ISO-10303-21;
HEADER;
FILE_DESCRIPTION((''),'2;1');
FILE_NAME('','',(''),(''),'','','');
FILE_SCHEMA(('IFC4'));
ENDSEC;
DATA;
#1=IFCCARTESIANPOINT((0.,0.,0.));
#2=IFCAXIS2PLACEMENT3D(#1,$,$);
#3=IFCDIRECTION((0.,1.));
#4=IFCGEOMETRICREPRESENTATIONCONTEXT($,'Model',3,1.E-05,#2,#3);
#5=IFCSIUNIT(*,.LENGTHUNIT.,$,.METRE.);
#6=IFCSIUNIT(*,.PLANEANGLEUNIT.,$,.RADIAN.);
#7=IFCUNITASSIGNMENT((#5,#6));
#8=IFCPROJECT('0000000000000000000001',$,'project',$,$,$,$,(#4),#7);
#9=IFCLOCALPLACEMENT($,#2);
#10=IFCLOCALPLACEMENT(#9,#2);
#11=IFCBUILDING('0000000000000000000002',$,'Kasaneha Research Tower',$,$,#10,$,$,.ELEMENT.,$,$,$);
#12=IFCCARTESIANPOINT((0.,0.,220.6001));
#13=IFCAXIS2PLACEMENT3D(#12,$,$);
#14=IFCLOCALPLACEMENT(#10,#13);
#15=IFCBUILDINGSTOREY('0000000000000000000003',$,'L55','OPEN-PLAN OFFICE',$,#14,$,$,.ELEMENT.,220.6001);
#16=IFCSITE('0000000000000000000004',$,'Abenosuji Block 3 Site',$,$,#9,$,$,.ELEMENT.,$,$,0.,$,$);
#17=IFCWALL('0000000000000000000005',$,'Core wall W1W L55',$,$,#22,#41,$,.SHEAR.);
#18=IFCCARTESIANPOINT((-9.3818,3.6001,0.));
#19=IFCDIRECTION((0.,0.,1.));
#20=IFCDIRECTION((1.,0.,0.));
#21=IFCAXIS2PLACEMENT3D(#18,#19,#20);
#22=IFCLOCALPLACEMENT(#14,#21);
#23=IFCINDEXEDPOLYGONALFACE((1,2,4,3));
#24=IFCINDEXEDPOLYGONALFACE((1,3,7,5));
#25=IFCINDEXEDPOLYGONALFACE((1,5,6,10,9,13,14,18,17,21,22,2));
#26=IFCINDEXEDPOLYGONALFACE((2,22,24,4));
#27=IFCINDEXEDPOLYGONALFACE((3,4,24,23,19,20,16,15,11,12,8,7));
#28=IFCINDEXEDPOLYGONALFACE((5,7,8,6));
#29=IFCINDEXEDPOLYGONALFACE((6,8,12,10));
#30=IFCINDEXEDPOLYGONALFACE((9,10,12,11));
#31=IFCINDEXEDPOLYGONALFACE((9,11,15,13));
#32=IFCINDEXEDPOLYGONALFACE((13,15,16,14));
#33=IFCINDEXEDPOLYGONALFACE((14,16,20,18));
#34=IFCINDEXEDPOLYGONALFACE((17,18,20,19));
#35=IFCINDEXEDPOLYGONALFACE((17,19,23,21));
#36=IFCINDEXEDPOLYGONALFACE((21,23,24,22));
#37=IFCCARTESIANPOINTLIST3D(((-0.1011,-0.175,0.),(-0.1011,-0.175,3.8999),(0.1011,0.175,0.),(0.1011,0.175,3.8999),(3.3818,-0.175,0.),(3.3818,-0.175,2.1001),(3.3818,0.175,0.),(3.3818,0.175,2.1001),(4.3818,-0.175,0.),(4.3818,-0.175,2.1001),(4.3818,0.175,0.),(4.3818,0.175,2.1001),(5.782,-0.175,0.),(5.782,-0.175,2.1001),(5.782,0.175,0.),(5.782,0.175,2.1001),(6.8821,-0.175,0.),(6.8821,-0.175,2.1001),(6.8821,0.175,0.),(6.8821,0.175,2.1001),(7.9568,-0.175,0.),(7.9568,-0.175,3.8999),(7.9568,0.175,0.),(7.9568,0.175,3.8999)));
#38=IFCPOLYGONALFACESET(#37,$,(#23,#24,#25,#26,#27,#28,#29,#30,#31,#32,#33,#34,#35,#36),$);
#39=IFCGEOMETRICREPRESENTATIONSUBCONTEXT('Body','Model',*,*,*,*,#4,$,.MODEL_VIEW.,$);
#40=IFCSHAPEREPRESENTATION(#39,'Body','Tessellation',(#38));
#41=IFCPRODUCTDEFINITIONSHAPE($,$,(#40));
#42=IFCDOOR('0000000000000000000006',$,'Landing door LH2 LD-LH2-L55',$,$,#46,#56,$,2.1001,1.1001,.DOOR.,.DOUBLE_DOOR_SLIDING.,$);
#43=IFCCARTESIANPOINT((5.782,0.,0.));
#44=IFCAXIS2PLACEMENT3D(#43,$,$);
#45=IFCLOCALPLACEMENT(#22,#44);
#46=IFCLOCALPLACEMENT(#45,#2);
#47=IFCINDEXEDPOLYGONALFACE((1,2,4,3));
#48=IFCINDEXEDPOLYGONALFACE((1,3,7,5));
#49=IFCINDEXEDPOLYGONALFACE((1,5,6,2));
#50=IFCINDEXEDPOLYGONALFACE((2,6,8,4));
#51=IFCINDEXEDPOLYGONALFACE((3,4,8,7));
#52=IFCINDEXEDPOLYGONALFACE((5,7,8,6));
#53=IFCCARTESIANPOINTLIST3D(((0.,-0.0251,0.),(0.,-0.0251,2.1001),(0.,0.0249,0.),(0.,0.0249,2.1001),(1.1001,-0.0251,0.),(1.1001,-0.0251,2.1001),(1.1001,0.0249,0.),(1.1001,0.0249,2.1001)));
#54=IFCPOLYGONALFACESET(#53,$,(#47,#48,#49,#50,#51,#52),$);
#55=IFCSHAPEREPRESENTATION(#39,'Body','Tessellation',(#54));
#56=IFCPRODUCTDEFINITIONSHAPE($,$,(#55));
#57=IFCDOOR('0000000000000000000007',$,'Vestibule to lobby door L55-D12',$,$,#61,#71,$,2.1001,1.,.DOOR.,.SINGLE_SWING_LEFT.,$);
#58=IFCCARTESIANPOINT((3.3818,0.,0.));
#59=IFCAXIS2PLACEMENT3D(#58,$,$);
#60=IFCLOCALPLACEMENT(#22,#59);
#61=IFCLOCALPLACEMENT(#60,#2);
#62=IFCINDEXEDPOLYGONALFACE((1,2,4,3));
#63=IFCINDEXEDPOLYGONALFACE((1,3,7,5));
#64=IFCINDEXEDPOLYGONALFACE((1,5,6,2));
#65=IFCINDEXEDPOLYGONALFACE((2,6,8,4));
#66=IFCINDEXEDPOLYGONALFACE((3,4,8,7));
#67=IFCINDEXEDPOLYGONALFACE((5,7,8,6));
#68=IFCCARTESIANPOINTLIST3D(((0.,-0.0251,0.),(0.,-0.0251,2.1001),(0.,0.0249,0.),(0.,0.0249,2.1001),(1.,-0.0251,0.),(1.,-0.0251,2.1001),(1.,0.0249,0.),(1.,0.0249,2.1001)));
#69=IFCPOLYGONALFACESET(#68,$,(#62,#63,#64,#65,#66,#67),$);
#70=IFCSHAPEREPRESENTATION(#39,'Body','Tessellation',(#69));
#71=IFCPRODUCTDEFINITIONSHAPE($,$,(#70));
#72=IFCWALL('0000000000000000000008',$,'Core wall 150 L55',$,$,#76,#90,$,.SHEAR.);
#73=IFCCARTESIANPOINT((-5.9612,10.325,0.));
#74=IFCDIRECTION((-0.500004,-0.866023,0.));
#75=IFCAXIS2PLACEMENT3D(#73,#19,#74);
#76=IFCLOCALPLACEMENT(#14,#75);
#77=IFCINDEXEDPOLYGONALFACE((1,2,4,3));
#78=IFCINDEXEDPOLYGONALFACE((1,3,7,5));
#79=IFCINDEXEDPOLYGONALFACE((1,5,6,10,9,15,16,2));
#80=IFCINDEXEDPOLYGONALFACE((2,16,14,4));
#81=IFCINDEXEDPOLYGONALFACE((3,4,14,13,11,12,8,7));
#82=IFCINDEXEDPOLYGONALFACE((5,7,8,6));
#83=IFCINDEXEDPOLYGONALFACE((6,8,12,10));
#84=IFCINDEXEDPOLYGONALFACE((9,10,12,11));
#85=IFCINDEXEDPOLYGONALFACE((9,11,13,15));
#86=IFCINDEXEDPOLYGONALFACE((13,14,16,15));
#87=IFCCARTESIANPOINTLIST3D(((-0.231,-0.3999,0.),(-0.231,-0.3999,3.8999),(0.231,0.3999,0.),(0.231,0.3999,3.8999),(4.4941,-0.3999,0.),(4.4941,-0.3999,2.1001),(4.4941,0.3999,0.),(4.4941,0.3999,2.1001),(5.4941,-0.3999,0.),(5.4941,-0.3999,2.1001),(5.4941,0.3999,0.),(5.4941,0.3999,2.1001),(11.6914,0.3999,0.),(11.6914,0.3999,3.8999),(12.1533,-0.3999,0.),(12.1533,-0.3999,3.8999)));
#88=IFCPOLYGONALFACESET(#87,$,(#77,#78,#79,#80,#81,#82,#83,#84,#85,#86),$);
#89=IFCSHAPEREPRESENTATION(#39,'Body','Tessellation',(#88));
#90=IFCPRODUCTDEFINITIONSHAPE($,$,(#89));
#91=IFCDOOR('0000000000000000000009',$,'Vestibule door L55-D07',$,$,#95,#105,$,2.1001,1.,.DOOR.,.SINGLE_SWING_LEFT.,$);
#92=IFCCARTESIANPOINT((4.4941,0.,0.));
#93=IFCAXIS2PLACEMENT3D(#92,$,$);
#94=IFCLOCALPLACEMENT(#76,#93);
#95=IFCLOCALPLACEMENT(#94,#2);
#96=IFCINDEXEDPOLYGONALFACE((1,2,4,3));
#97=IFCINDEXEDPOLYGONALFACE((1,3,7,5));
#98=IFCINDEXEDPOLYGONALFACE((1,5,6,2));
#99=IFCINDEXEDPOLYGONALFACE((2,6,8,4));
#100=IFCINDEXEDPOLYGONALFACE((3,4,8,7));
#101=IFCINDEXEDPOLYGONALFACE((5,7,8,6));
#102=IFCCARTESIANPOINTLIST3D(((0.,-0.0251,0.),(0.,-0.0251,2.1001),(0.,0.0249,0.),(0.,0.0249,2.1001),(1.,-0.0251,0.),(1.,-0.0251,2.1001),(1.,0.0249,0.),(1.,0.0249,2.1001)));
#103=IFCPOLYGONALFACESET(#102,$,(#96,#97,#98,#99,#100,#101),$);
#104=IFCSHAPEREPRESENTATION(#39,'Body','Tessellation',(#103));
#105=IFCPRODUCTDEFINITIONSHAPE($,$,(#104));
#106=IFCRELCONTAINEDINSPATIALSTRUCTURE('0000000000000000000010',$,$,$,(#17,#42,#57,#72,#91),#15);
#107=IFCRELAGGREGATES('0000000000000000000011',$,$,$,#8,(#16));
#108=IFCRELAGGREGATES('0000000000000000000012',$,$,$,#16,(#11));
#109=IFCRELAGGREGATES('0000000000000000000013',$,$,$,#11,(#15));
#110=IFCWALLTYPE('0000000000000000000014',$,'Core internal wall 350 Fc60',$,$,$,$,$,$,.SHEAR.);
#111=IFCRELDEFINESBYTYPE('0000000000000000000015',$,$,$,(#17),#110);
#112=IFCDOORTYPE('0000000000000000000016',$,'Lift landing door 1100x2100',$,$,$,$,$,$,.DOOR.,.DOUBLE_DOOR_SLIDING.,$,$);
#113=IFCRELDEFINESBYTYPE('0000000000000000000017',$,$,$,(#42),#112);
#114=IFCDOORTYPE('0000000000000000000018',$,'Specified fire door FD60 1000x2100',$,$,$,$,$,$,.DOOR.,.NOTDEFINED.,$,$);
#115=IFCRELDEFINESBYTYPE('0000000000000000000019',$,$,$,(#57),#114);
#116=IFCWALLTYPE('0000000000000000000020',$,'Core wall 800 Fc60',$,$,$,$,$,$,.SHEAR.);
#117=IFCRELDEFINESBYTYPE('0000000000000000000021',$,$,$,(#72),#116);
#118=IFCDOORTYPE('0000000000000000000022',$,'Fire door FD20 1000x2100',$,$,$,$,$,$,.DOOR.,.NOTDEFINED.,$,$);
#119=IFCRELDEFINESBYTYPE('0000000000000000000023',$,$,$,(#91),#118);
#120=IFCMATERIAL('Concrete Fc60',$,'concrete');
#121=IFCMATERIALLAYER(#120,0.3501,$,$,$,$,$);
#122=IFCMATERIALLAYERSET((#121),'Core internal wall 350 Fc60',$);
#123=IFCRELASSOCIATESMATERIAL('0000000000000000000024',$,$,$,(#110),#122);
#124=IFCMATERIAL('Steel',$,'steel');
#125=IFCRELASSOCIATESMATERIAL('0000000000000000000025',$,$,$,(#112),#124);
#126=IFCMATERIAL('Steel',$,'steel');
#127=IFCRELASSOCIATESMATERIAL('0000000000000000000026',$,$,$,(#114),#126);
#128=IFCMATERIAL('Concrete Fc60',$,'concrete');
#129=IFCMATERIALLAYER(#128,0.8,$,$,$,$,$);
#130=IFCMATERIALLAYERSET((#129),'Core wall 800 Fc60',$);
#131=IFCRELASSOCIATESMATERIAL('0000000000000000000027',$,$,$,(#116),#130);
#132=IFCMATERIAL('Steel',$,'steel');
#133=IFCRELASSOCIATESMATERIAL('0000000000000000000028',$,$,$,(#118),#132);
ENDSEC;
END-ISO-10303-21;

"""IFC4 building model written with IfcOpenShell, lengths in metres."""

from ifc_helpers import new_model, si_unit, direction, frame, frame_2d, origin, place, context, subcontext, project, spatial, polyline, rectangle, outline, extrude, material, layer, layer_set, type_object, element, fill, save


model = new_model("IFC4")

# Units and contexts
model_context = context("Model", 3, precision=1e-05, world=origin(), true_north=direction((0.0, 1.0)))
body_context = subcontext(model_context, "Body", "Model", "MODEL_VIEW")
ifc_project = project(units=[si_unit("LENGTHUNIT", "METRE"), si_unit("PLANEANGLEUNIT", "RADIAN")], contexts=[model_context])

# Site, building, storey
site_placement = place(None, origin())
site = spatial("IfcSite", under=ifc_project, at=site_placement, Name="Abenosuji Block 3 Site", CompositionType="ELEMENT", RefElevation=0.0)
building_placement = place(site_placement, origin())
building = spatial("IfcBuilding", under=site, at=building_placement, Name="Kasaneha Research Tower", CompositionType="ELEMENT")
storey_placement = place(building_placement, frame((0.0, 0.0, 220.6001)))
storey = spatial("IfcBuildingStorey", under=building, at=storey_placement, Name="L55", Description="OPEN-PLAN OFFICE", CompositionType="ELEMENT", Elevation=220.6001)

# Wall, openings, doors
ifc_material_1 = material(Name="Concrete Fc60", Category="concrete")
ifc_layer_1 = layer(ifc_material_1, 0.3501)
ifc_layer_set_1 = layer_set([ifc_layer_1], Name="Core internal wall 350 Fc60")
wall_type_1 = type_object("IfcWallType", Name="Core internal wall 350 Fc60", PredefinedType="SHEAR", material=ifc_layer_set_1)
wall_1_placement = place(storey_placement, frame((-9.3818, 3.6001, 0.0), z_axis=(0.0, 0.0, 1.0), x_axis=(1.0, 0.0, 0.0)))
wall_1 = element("IfcWall", 1, at=wall_1_placement, inside=storey, type_object=wall_type_1, Name="Core wall W1W L55", PredefinedType="SHEAR", context=body_context, shape_type="SweptSolid", body=[
    extrude(outline(polyline([(-0.1011, -0.175), (3.3818, -0.175), (4.3818, -0.175), (5.782, -0.175), (6.8821, -0.175), (7.9568, -0.175), (7.9568, 0.175), (6.8821, 0.175), (5.782, 0.175), (4.3818, 0.175), (3.3818, 0.175), (0.1011, 0.175), (-0.1011, -0.175)])), origin(), (0.0, 0.0, 1.0), 3.8999),
])
opening_1_placement = place(wall_1_placement, frame((3.3818, 0.0, 0.0)))
opening_1 = element("IfcOpeningElement", 2, at=opening_1_placement, cuts=wall_1, PredefinedType="OPENING", context=body_context, shape_type="SweptSolid", body=[
    extrude(rectangle(XDim=1.0, YDim=2.1001, at=frame_2d((0.5, 1.05))), frame((0.0, 0.1851, 0.0), z_axis=(0.0, -1.0, 0.0), x_axis=(1.0, 0.0, 0.0)), (0.0, 0.0, 1.0), 0.3701),
])
opening_2_placement = place(wall_1_placement, frame((5.782, 0.0, 0.0)))
opening_2 = element("IfcOpeningElement", 3, at=opening_2_placement, cuts=wall_1, PredefinedType="OPENING", context=body_context, shape_type="SweptSolid", body=[
    extrude(rectangle(XDim=1.1001, YDim=2.1001, at=frame_2d((0.55, 1.05))), frame((0.0, 0.1851, 0.0), z_axis=(0.0, -1.0, 0.0), x_axis=(1.0, 0.0, 0.0)), (0.0, 0.0, 1.0), 0.3701),
])
ifc_material_2 = material(Name="Steel", Category="steel")
door_type_1 = type_object("IfcDoorType", Name="Lift landing door 1100x2100", OperationType="DOUBLE_DOOR_SLIDING", PredefinedType="DOOR", material=ifc_material_2)
door_1_placement = place(opening_2_placement, origin())
door_1 = element("IfcDoor", 4, at=door_1_placement, inside=storey, type_object=door_type_1, Name="Landing door LH2 LD-LH2-L55", OperationType="DOUBLE_DOOR_SLIDING", OverallHeight=2.1001, OverallWidth=1.1001, PredefinedType="DOOR", context=body_context, shape_type="SweptSolid", body=[
    extrude(rectangle(XDim=1.1001, YDim=2.1001, at=frame_2d((0.55, 1.05))), frame((0.0, 0.0249, 0.0), z_axis=(0.0, -1.0, 0.0), x_axis=(1.0, 0.0, 0.0)), (0.0, 0.0, 1.0), 0.05),
])
fill(opening_2, door_1)
ifc_material_3 = material(Name="Steel", Category="steel")
door_type_2 = type_object("IfcDoorType", Name="Specified fire door FD60 1000x2100", OperationType="NOTDEFINED", PredefinedType="DOOR", material=ifc_material_3)
door_2_placement = place(opening_1_placement, origin())
door_2 = element("IfcDoor", 5, at=door_2_placement, inside=storey, type_object=door_type_2, Name="Vestibule to lobby door L55-D12", OperationType="SINGLE_SWING_LEFT", OverallHeight=2.1001, OverallWidth=1.0, PredefinedType="DOOR", context=body_context, shape_type="SweptSolid", body=[
    extrude(rectangle(XDim=1.0, YDim=2.1001, at=frame_2d((0.5, 1.05))), frame((0.0, 0.0249, 0.0), z_axis=(0.0, -1.0, 0.0), x_axis=(1.0, 0.0, 0.0)), (0.0, 0.0, 1.0), 0.05),
])
fill(opening_1, door_2)

# Wall, opening, door
ifc_material_4 = material(Name="Concrete Fc60", Category="concrete")
ifc_layer_2 = layer(ifc_material_4, 0.8)
ifc_layer_set_2 = layer_set([ifc_layer_2], Name="Core wall 800 Fc60")
wall_type_2 = type_object("IfcWallType", Name="Core wall 800 Fc60", PredefinedType="SHEAR", material=ifc_layer_set_2)
wall_2_placement = place(storey_placement, frame((-5.9612, 10.325, 0.0), z_axis=(0.0, 0.0, 1.0), x_axis=(-0.500004, -0.866023, 0.0)))
wall_2 = element("IfcWall", 6, at=wall_2_placement, inside=storey, type_object=wall_type_2, Name="Core wall 150 L55", PredefinedType="SHEAR", context=body_context, shape_type="SweptSolid", body=[
    extrude(outline(polyline([(-0.231, -0.3999), (4.4941, -0.3999), (5.4941, -0.3999), (12.1533, -0.3999), (11.6914, 0.3999), (5.4941, 0.3999), (4.4941, 0.3999), (0.231, 0.3999), (-0.231, -0.3999)])), origin(), (0.0, 0.0, 1.0), 3.8999),
])
opening_3_placement = place(wall_2_placement, frame((4.4941, 0.0, 0.0)))
opening_3 = element("IfcOpeningElement", 7, at=opening_3_placement, cuts=wall_2, PredefinedType="OPENING", context=body_context, shape_type="SweptSolid", body=[
    extrude(rectangle(XDim=1.0, YDim=2.1001, at=frame_2d((0.5, 1.05))), frame((0.0, 0.4102, 0.0), z_axis=(0.0, -1.0, 0.0), x_axis=(1.0, 0.0, 0.0)), (0.0, 0.0, 1.0), 0.8201),
])
ifc_material_5 = material(Name="Steel", Category="steel")
door_type_3 = type_object("IfcDoorType", Name="Fire door FD20 1000x2100", OperationType="NOTDEFINED", PredefinedType="DOOR", material=ifc_material_5)
door_3_placement = place(opening_3_placement, origin())
door_3 = element("IfcDoor", 8, at=door_3_placement, inside=storey, type_object=door_type_3, Name="Vestibule door L55-D07", OperationType="SINGLE_SWING_LEFT", OverallHeight=2.1001, OverallWidth=1.0, PredefinedType="DOOR", context=body_context, shape_type="SweptSolid", body=[
    extrude(rectangle(XDim=1.0, YDim=2.1001, at=frame_2d((0.5, 1.05))), frame((0.0, 0.0249, 0.0), z_axis=(0.0, -1.0, 0.0), x_axis=(1.0, 0.0, 0.0)), (0.0, 0.0, 1.0), 0.05),
])
fill(opening_3, door_3)

save(model, "model.ifc")
